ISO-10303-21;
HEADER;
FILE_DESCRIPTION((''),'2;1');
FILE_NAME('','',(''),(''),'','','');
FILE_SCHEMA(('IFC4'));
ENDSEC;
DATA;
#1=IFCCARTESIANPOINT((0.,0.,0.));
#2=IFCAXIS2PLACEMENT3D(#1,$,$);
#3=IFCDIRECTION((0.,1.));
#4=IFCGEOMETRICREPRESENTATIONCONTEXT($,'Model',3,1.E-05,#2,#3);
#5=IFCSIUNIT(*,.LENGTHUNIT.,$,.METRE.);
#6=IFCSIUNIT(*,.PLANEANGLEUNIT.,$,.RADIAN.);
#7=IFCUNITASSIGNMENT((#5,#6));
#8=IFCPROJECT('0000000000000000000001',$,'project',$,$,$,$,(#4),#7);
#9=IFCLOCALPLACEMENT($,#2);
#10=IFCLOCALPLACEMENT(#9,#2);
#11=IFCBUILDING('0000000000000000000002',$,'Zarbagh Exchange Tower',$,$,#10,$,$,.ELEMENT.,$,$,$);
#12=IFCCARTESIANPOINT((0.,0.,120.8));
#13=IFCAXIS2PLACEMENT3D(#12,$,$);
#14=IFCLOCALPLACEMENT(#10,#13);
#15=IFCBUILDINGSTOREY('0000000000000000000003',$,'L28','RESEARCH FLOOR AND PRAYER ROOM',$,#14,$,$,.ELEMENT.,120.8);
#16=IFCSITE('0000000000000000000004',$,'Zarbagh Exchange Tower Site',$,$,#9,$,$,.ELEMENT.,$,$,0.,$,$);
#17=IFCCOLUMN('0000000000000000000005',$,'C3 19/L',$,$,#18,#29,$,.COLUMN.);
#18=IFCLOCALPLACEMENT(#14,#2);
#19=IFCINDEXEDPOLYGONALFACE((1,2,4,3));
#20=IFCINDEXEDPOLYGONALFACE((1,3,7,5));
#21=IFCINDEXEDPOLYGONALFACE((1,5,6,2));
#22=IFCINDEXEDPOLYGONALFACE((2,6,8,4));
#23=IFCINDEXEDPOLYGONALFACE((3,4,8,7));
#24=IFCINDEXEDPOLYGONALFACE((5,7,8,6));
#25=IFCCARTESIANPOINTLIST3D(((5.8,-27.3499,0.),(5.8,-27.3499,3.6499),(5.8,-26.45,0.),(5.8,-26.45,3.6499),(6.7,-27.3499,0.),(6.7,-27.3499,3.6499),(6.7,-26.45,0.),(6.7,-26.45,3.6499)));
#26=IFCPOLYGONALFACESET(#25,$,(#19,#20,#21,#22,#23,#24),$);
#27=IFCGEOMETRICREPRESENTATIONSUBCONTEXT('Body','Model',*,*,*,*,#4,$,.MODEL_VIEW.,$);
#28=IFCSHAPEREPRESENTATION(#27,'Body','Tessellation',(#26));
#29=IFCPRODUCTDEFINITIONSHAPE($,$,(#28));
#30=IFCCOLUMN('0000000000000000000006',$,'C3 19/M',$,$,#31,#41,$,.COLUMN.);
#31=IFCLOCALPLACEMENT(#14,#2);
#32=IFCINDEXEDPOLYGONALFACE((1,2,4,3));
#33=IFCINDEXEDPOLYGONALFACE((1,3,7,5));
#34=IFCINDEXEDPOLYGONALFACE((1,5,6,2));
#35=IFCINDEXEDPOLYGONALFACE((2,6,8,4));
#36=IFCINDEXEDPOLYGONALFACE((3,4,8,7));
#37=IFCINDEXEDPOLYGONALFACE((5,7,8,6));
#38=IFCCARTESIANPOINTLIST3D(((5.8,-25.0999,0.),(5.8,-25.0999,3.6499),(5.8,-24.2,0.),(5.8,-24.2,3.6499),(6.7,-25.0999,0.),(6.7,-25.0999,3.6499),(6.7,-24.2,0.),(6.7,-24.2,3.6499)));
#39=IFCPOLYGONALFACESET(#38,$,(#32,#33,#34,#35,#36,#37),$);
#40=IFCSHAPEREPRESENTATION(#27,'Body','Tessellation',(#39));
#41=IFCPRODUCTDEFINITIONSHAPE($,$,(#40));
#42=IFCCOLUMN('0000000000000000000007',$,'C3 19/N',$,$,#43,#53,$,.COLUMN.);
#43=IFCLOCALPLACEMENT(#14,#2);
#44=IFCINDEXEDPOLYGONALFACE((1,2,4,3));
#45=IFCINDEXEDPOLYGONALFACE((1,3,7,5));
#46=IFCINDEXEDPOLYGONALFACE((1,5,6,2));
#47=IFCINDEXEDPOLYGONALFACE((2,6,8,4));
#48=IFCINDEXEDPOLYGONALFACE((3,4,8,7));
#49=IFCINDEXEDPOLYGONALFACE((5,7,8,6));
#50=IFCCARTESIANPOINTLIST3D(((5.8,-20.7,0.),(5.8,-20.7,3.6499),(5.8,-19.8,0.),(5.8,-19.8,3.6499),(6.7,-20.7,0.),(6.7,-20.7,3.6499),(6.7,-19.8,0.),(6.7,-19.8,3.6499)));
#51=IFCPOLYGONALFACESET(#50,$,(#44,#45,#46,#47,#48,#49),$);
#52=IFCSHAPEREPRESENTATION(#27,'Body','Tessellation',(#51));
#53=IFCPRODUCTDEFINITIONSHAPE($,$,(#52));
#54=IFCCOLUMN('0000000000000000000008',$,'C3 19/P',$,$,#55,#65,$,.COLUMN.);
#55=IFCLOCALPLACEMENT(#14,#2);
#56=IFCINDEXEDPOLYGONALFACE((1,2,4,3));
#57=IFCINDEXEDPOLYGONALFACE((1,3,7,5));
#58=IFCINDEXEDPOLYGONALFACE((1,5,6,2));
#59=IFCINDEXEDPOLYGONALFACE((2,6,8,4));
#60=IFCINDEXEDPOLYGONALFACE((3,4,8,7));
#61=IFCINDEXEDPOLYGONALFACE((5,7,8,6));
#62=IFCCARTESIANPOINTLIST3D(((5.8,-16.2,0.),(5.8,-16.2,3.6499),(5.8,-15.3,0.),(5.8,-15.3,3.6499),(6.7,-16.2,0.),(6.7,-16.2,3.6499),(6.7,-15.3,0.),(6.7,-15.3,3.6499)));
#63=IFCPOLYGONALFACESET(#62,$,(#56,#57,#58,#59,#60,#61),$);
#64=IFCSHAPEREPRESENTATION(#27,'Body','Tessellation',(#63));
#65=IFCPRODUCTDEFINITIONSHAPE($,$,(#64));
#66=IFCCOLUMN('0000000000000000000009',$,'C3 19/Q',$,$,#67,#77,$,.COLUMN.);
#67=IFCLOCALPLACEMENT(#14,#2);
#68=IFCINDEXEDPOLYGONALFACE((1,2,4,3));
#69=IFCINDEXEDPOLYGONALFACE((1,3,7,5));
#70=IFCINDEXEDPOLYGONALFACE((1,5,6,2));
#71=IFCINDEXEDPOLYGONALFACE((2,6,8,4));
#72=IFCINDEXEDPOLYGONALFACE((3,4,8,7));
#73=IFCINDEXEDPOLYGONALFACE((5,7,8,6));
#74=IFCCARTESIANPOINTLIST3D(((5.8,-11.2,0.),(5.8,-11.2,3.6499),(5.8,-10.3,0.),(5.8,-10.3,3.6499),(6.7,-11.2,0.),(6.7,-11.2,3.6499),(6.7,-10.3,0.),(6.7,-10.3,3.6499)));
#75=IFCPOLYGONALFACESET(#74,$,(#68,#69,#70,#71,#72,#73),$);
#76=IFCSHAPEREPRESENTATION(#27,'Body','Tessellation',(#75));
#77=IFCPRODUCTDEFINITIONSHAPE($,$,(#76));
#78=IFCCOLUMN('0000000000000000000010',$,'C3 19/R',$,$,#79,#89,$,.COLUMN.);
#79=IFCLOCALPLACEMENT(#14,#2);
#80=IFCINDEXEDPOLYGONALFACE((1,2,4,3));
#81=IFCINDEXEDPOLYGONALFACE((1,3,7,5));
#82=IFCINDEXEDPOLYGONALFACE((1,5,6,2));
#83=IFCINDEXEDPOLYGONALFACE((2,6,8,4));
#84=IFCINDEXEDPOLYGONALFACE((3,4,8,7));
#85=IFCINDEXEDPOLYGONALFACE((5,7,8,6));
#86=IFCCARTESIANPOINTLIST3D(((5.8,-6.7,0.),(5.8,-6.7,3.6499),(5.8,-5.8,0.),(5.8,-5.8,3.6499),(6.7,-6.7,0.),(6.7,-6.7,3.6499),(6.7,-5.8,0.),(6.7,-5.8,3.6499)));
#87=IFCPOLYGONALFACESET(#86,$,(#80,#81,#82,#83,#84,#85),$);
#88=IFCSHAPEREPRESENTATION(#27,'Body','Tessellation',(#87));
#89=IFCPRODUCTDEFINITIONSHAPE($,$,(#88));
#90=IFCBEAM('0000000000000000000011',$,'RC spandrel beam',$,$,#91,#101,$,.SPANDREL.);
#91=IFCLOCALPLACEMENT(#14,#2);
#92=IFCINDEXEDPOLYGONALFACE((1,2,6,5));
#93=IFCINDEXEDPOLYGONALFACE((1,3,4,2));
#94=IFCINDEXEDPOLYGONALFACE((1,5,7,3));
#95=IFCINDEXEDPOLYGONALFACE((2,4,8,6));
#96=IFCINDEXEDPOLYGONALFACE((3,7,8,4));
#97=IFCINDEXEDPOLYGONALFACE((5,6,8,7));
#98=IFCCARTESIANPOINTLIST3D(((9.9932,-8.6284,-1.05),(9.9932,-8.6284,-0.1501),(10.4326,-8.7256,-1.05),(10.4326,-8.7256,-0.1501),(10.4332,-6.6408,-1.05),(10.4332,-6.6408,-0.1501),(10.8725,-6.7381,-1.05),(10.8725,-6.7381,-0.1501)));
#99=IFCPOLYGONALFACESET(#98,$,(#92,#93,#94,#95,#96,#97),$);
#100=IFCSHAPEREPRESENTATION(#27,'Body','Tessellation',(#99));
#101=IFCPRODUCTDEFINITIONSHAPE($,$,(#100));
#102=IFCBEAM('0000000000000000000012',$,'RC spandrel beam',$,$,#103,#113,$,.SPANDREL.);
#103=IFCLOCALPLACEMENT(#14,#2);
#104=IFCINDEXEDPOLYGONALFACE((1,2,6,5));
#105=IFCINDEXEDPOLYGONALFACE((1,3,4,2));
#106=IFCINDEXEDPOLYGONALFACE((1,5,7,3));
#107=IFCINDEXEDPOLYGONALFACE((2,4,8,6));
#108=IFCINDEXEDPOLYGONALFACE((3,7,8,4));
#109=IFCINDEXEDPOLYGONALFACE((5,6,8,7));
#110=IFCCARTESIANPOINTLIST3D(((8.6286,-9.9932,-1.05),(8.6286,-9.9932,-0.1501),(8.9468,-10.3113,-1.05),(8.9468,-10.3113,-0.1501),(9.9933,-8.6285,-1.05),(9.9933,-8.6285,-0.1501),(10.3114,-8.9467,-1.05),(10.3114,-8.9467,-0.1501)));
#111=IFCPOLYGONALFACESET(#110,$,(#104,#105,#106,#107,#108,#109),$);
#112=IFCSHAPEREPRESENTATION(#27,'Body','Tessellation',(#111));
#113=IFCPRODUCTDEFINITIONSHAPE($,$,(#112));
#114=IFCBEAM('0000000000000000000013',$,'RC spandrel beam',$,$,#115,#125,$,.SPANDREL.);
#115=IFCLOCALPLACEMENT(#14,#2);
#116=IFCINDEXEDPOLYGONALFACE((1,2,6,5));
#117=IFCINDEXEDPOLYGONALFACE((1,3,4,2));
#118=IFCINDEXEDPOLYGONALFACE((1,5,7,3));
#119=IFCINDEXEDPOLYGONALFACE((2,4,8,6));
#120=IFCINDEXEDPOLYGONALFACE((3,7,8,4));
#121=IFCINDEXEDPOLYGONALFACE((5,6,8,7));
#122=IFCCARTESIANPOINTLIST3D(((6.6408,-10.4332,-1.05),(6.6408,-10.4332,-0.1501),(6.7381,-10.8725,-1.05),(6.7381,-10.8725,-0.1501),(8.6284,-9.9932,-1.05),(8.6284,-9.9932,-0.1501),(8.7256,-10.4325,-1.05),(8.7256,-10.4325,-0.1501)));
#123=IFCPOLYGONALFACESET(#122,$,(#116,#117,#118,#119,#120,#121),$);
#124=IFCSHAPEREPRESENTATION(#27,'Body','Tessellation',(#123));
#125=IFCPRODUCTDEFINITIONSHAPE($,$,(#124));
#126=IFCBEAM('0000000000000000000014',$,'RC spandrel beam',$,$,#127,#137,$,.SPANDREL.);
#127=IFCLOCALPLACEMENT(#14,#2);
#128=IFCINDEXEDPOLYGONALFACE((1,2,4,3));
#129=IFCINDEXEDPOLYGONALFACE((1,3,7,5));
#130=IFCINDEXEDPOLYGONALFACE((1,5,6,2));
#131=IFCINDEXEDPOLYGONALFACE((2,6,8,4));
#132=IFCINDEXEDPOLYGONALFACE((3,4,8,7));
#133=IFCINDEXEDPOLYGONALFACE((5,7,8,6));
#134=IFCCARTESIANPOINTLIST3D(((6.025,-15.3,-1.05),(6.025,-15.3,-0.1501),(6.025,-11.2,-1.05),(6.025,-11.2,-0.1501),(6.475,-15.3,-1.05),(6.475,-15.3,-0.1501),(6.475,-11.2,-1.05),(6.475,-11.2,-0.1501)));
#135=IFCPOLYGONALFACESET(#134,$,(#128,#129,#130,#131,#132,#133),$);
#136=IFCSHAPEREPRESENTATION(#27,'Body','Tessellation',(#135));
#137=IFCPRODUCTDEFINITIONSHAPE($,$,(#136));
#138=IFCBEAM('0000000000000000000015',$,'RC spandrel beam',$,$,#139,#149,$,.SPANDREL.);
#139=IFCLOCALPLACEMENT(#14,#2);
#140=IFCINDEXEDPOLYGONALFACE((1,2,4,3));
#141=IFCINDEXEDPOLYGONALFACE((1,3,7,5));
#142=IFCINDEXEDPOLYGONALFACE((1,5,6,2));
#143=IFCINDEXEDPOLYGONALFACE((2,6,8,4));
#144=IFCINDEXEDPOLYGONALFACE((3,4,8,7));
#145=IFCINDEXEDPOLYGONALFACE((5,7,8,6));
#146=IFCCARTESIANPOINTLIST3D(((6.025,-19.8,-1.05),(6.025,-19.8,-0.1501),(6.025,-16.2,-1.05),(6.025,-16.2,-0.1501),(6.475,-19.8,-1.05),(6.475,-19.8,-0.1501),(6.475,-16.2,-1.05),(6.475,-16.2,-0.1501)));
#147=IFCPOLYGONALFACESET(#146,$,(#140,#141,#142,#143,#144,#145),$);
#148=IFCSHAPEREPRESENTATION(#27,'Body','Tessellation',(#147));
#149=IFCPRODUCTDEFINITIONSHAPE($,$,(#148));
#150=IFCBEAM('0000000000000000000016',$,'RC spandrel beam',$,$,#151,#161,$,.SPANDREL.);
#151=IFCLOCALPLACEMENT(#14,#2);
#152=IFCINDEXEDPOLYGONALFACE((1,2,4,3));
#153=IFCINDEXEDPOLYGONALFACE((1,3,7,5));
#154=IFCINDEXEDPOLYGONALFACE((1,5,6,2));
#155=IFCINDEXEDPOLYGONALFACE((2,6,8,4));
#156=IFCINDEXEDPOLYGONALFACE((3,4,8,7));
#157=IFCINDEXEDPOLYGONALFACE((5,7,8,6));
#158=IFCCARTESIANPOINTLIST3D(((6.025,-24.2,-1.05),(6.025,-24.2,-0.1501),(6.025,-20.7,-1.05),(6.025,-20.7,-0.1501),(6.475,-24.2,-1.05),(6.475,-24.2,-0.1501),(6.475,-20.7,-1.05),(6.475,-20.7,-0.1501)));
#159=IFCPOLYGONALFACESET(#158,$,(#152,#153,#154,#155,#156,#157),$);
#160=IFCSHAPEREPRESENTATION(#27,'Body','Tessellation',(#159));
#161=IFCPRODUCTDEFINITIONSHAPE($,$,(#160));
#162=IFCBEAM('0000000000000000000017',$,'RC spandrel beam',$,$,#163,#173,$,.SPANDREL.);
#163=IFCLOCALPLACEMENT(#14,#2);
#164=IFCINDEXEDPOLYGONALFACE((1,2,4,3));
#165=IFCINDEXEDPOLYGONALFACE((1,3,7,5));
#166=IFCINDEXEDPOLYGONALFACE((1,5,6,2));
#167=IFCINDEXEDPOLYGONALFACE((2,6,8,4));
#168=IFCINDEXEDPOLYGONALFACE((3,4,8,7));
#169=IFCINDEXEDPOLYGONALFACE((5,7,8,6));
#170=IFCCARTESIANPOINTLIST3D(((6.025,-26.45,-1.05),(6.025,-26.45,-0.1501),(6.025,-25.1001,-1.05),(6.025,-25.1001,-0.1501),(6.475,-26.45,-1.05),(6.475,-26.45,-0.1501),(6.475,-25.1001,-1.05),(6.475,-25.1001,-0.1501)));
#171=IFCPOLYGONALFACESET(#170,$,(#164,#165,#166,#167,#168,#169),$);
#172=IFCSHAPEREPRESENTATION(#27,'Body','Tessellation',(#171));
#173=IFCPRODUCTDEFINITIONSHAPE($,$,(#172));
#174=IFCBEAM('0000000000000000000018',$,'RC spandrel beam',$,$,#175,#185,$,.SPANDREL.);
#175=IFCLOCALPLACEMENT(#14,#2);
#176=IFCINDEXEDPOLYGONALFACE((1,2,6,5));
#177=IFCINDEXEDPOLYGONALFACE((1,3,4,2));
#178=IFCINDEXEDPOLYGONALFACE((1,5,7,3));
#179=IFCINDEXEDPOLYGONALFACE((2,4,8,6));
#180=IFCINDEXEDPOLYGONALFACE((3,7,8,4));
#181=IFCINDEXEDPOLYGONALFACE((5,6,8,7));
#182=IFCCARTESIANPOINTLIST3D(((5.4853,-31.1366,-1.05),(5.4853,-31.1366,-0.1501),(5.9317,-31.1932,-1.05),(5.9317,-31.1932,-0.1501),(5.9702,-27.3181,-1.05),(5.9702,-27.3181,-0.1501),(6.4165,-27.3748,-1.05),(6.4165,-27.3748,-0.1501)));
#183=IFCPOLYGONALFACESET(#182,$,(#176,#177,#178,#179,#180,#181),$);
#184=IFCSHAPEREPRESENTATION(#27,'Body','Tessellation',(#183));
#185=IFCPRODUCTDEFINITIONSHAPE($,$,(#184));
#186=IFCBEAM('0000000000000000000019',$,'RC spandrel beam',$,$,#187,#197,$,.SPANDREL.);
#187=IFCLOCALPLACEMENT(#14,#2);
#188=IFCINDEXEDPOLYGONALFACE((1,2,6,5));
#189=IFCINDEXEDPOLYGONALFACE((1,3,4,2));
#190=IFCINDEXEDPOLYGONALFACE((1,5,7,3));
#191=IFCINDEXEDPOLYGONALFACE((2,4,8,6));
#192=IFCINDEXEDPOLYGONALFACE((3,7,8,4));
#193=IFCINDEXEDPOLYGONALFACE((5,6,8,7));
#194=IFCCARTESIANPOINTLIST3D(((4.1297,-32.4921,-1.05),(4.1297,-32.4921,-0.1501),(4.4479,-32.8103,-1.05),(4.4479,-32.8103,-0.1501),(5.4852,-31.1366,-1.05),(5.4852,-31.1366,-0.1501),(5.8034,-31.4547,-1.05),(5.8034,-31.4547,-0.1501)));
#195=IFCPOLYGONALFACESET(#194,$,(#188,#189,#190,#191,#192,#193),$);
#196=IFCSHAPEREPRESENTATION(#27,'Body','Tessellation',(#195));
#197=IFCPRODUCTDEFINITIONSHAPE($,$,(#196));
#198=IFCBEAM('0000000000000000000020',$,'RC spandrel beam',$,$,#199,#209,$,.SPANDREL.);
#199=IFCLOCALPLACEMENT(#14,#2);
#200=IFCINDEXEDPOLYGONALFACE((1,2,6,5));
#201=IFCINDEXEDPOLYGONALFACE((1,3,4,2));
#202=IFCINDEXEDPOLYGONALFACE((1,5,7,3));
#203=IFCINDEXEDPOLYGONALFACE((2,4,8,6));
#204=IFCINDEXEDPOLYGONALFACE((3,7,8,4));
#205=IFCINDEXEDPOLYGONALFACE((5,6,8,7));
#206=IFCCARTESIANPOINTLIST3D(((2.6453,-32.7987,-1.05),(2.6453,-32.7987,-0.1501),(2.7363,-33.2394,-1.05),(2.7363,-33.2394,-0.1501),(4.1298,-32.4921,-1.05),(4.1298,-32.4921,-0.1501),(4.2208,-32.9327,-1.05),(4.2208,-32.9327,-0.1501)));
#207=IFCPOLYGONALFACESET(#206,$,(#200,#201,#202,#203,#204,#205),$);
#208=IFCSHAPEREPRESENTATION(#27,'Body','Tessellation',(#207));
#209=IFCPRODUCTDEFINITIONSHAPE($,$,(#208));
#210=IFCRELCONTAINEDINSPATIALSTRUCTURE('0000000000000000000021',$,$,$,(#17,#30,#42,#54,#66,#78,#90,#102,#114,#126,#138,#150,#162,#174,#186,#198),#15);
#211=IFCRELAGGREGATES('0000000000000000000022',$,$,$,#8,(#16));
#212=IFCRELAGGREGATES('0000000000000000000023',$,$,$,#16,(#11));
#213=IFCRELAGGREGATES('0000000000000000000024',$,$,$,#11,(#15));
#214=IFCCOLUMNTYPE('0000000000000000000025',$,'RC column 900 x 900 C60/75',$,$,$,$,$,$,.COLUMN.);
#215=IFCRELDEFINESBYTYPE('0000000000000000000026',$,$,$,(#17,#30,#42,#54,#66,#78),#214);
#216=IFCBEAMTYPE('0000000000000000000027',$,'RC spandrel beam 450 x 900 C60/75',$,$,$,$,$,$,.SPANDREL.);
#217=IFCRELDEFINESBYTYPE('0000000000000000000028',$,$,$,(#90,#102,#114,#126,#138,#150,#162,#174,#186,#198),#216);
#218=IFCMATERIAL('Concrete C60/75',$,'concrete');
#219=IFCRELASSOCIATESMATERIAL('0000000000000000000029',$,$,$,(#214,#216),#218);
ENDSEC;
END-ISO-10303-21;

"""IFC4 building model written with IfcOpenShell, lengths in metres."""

from ifc_helpers import new_model, si_unit, direction, frame, origin, origin_2d, place, context, subcontext, project, spatial, rectangle, extrude, material, material_profile, profile_set, type_object, element, save


model = new_model("IFC4")

# Units and contexts
model_context = context("Model", 3, precision=1e-05, world=origin(), true_north=direction((0.0, 1.0)))
body_context = subcontext(model_context, "Body", "Model", "MODEL_VIEW")
ifc_project = project(units=[si_unit("LENGTHUNIT", "METRE"), si_unit("PLANEANGLEUNIT", "RADIAN")], contexts=[model_context])

# Site, building, storey
site_placement = place(None, origin())
site = spatial("IfcSite", under=ifc_project, at=site_placement, Name="Zarbagh Exchange Tower Site", CompositionType="ELEMENT", RefElevation=0.0)
building_placement = place(site_placement, origin())
building = spatial("IfcBuilding", under=site, at=building_placement, Name="Zarbagh Exchange Tower", CompositionType="ELEMENT")
storey_placement = place(building_placement, frame((0.0, 0.0, 120.8)))
storey = spatial("IfcBuildingStorey", under=building, at=storey_placement, Name="L28", Description="RESEARCH FLOOR AND PRAYER ROOM", CompositionType="ELEMENT", Elevation=120.8)

# Columns
ifc_material_1 = material(Name="Concrete C60/75", Category="concrete")
ifc_material_profile_1 = material_profile(ifc_material_1, rectangle(XDim=0.8999, YDim=0.8999, at=origin_2d()), Name="RC column 900 x 900 C60/75")
ifc_profile_set_1 = profile_set([ifc_material_profile_1], Name="Concrete C60/75")
column_type = type_object("IfcColumnType", Name="RC column 900 x 900 C60/75", PredefinedType="COLUMN", material=ifc_profile_set_1)
for number, where, z_axis, x_axis, name in (
    (1, (6.25, -26.8999, 0.0), (0.0, 0.0, 1.0), (1.0, 0.0, 0.0), "C3 19/L"),
    (2, (6.25, -24.6499, 0.0), (0.0, 0.0, 1.0), (1.0, 0.0, 0.0), "C3 19/M"),
    (3, (6.25, -20.25, 0.0), (0.0, 0.0, 1.0), (1.0, 0.0, 0.0), "C3 19/N"),
    (4, (6.25, -15.75, 0.0), (0.0, 0.0, 1.0), (1.0, 0.0, 0.0), "C3 19/P"),
    (5, (6.25, -10.75, 0.0), (0.0, 0.0, 1.0), (1.0, 0.0, 0.0), "C3 19/Q"),
    (6, (6.25, -6.25, 0.0), (0.0, 0.0, 1.0), (1.0, 0.0, 0.0), "C3 19/R"),
):
    element("IfcColumn", number, at=place(storey_placement, frame(where, z_axis=z_axis, x_axis=x_axis)), inside=storey, type_object=column_type, Name=name, PredefinedType="COLUMN", context=body_context, shape_type="SweptSolid", body=[
        extrude(rectangle(XDim=0.8999, YDim=0.8999, at=origin_2d()), origin(), (0.0, 0.0, 1.0), 3.6499),
    ])

# Beams
ifc_material_profile_2 = material_profile(ifc_material_1, rectangle(XDim=0.45, YDim=0.8999, at=origin_2d()), Name="RC spandrel beam 450 x 900 C60/75")
ifc_profile_set_2 = profile_set([ifc_material_profile_2], Name="Concrete C60/75")
beam_type = type_object("IfcBeamType", Name="RC spandrel beam 450 x 900 C60/75", PredefinedType="SPANDREL", material=ifc_profile_set_2)
beam_1_placement = place(storey_placement, frame((10.6528, -6.6895, -0.6001), z_axis=(-0.216118, -0.976367, 0.0), x_axis=(0.976367, -0.216118, 0.0)))
element("IfcBeam", 7, at=beam_1_placement, inside=storey, type_object=beam_type, Name="RC spandrel beam", PredefinedType="SPANDREL", context=body_context, shape_type="SweptSolid", body=[
    extrude(rectangle(XDim=0.45, YDim=0.8999, at=origin_2d()), origin(), (0.0, 0.0, 1.0), 2.0356),
])
beam_2_placement = place(storey_placement, frame((10.1523, -8.7876, -0.6001), z_axis=(-0.707107, -0.707107, 0.0), x_axis=(0.707107, -0.707107, 0.0)))
element("IfcBeam", 8, at=beam_2_placement, inside=storey, type_object=beam_type, Name="RC spandrel beam", PredefinedType="SPANDREL", context=body_context, shape_type="SweptSolid", body=[
    extrude(rectangle(XDim=0.45, YDim=0.8999, at=origin_2d()), origin(), (0.0, 0.0, 1.0), 1.9299),
])
beam_3_placement = place(storey_placement, frame((8.677, -10.2129, -0.6001), z_axis=(-0.976367, -0.216118, 0.0), x_axis=(0.216118, -0.976367, 0.0)))
element("IfcBeam", 9, at=beam_3_placement, inside=storey, type_object=beam_type, Name="RC spandrel beam", PredefinedType="SPANDREL", context=body_context, shape_type="SweptSolid", body=[
    extrude(rectangle(XDim=0.45, YDim=0.8999, at=origin_2d()), origin(), (0.0, 0.0, 1.0), 2.0356),
])
beam_4_placement = place(storey_placement, frame((6.25, -11.2, -0.6001), z_axis=(0.0, -1.0, 0.0), x_axis=(1.0, 0.0, 0.0)))
element("IfcBeam", 10, at=beam_4_placement, inside=storey, type_object=beam_type, Name="RC spandrel beam", PredefinedType="SPANDREL", context=body_context, shape_type="SweptSolid", body=[
    extrude(rectangle(XDim=0.45, YDim=0.8999, at=origin_2d()), origin(), (0.0, 0.0, 1.0), 4.1001),
])
beam_5_placement = place(storey_placement, frame((6.25, -16.2, -0.6001), z_axis=(0.0, -1.0, 0.0), x_axis=(1.0, 0.0, 0.0)))
element("IfcBeam", 11, at=beam_5_placement, inside=storey, type_object=beam_type, Name="RC spandrel beam", PredefinedType="SPANDREL", context=body_context, shape_type="SweptSolid", body=[
    extrude(rectangle(XDim=0.45, YDim=0.8999, at=origin_2d()), origin(), (0.0, 0.0, 1.0), 3.6001),
])
beam_6_placement = place(storey_placement, frame((6.25, -20.7, -0.6001), z_axis=(0.0, -1.0, 0.0), x_axis=(1.0, 0.0, 0.0)))
element("IfcBeam", 12, at=beam_6_placement, inside=storey, type_object=beam_type, Name="RC spandrel beam", PredefinedType="SPANDREL", context=body_context, shape_type="SweptSolid", body=[
    extrude(rectangle(XDim=0.45, YDim=0.8999, at=origin_2d()), origin(), (0.0, 0.0, 1.0), 3.5),
])
beam_7_placement = place(storey_placement, frame((6.25, -25.1001, -0.6001), z_axis=(0.0, -1.0, 0.0), x_axis=(1.0, 0.0, 0.0)))
element("IfcBeam", 13, at=beam_7_placement, inside=storey, type_object=beam_type, Name="RC spandrel beam", PredefinedType="SPANDREL", context=body_context, shape_type="SweptSolid", body=[
    extrude(rectangle(XDim=0.45, YDim=0.8999, at=origin_2d()), origin(), (0.0, 0.0, 1.0), 1.3499),
])
beam_8_placement = place(storey_placement, frame((6.1934, -27.3464, -0.6001), z_axis=(-0.125971, -0.992034, 0.0), x_axis=(0.992034, -0.125971, 0.0)))
element("IfcBeam", 14, at=beam_8_placement, inside=storey, type_object=beam_type, Name="RC spandrel beam", PredefinedType="SPANDREL", context=body_context, shape_type="SweptSolid", body=[
    extrude(rectangle(XDim=0.45, YDim=0.8999, at=origin_2d()), origin(), (0.0, 0.0, 1.0), 3.8491),
])
beam_9_placement = place(storey_placement, frame((5.6443, -31.2957, -0.6001), z_axis=(-0.707107, -0.707107, 0.0), x_axis=(0.707107, -0.707107, 0.0)))
element("IfcBeam", 15, at=beam_9_placement, inside=storey, type_object=beam_type, Name="RC spandrel beam", PredefinedType="SPANDREL", context=body_context, shape_type="SweptSolid", body=[
    extrude(rectangle(XDim=0.45, YDim=0.8999, at=origin_2d()), origin(), (0.0, 0.0, 1.0), 1.917),
])
beam_10_placement = place(storey_placement, frame((4.1753, -32.7124, -0.6001), z_axis=(-0.979329, -0.202275, 0.0), x_axis=(0.202275, -0.979329, 0.0)))
element("IfcBeam", 16, at=beam_10_placement, inside=storey, type_object=beam_type, Name="RC spandrel beam", PredefinedType="SPANDREL", context=body_context, shape_type="SweptSolid", body=[
    extrude(rectangle(XDim=0.45, YDim=0.8999, at=origin_2d()), origin(), (0.0, 0.0, 1.0), 1.5159),
])

save(model, "model.ifc")
